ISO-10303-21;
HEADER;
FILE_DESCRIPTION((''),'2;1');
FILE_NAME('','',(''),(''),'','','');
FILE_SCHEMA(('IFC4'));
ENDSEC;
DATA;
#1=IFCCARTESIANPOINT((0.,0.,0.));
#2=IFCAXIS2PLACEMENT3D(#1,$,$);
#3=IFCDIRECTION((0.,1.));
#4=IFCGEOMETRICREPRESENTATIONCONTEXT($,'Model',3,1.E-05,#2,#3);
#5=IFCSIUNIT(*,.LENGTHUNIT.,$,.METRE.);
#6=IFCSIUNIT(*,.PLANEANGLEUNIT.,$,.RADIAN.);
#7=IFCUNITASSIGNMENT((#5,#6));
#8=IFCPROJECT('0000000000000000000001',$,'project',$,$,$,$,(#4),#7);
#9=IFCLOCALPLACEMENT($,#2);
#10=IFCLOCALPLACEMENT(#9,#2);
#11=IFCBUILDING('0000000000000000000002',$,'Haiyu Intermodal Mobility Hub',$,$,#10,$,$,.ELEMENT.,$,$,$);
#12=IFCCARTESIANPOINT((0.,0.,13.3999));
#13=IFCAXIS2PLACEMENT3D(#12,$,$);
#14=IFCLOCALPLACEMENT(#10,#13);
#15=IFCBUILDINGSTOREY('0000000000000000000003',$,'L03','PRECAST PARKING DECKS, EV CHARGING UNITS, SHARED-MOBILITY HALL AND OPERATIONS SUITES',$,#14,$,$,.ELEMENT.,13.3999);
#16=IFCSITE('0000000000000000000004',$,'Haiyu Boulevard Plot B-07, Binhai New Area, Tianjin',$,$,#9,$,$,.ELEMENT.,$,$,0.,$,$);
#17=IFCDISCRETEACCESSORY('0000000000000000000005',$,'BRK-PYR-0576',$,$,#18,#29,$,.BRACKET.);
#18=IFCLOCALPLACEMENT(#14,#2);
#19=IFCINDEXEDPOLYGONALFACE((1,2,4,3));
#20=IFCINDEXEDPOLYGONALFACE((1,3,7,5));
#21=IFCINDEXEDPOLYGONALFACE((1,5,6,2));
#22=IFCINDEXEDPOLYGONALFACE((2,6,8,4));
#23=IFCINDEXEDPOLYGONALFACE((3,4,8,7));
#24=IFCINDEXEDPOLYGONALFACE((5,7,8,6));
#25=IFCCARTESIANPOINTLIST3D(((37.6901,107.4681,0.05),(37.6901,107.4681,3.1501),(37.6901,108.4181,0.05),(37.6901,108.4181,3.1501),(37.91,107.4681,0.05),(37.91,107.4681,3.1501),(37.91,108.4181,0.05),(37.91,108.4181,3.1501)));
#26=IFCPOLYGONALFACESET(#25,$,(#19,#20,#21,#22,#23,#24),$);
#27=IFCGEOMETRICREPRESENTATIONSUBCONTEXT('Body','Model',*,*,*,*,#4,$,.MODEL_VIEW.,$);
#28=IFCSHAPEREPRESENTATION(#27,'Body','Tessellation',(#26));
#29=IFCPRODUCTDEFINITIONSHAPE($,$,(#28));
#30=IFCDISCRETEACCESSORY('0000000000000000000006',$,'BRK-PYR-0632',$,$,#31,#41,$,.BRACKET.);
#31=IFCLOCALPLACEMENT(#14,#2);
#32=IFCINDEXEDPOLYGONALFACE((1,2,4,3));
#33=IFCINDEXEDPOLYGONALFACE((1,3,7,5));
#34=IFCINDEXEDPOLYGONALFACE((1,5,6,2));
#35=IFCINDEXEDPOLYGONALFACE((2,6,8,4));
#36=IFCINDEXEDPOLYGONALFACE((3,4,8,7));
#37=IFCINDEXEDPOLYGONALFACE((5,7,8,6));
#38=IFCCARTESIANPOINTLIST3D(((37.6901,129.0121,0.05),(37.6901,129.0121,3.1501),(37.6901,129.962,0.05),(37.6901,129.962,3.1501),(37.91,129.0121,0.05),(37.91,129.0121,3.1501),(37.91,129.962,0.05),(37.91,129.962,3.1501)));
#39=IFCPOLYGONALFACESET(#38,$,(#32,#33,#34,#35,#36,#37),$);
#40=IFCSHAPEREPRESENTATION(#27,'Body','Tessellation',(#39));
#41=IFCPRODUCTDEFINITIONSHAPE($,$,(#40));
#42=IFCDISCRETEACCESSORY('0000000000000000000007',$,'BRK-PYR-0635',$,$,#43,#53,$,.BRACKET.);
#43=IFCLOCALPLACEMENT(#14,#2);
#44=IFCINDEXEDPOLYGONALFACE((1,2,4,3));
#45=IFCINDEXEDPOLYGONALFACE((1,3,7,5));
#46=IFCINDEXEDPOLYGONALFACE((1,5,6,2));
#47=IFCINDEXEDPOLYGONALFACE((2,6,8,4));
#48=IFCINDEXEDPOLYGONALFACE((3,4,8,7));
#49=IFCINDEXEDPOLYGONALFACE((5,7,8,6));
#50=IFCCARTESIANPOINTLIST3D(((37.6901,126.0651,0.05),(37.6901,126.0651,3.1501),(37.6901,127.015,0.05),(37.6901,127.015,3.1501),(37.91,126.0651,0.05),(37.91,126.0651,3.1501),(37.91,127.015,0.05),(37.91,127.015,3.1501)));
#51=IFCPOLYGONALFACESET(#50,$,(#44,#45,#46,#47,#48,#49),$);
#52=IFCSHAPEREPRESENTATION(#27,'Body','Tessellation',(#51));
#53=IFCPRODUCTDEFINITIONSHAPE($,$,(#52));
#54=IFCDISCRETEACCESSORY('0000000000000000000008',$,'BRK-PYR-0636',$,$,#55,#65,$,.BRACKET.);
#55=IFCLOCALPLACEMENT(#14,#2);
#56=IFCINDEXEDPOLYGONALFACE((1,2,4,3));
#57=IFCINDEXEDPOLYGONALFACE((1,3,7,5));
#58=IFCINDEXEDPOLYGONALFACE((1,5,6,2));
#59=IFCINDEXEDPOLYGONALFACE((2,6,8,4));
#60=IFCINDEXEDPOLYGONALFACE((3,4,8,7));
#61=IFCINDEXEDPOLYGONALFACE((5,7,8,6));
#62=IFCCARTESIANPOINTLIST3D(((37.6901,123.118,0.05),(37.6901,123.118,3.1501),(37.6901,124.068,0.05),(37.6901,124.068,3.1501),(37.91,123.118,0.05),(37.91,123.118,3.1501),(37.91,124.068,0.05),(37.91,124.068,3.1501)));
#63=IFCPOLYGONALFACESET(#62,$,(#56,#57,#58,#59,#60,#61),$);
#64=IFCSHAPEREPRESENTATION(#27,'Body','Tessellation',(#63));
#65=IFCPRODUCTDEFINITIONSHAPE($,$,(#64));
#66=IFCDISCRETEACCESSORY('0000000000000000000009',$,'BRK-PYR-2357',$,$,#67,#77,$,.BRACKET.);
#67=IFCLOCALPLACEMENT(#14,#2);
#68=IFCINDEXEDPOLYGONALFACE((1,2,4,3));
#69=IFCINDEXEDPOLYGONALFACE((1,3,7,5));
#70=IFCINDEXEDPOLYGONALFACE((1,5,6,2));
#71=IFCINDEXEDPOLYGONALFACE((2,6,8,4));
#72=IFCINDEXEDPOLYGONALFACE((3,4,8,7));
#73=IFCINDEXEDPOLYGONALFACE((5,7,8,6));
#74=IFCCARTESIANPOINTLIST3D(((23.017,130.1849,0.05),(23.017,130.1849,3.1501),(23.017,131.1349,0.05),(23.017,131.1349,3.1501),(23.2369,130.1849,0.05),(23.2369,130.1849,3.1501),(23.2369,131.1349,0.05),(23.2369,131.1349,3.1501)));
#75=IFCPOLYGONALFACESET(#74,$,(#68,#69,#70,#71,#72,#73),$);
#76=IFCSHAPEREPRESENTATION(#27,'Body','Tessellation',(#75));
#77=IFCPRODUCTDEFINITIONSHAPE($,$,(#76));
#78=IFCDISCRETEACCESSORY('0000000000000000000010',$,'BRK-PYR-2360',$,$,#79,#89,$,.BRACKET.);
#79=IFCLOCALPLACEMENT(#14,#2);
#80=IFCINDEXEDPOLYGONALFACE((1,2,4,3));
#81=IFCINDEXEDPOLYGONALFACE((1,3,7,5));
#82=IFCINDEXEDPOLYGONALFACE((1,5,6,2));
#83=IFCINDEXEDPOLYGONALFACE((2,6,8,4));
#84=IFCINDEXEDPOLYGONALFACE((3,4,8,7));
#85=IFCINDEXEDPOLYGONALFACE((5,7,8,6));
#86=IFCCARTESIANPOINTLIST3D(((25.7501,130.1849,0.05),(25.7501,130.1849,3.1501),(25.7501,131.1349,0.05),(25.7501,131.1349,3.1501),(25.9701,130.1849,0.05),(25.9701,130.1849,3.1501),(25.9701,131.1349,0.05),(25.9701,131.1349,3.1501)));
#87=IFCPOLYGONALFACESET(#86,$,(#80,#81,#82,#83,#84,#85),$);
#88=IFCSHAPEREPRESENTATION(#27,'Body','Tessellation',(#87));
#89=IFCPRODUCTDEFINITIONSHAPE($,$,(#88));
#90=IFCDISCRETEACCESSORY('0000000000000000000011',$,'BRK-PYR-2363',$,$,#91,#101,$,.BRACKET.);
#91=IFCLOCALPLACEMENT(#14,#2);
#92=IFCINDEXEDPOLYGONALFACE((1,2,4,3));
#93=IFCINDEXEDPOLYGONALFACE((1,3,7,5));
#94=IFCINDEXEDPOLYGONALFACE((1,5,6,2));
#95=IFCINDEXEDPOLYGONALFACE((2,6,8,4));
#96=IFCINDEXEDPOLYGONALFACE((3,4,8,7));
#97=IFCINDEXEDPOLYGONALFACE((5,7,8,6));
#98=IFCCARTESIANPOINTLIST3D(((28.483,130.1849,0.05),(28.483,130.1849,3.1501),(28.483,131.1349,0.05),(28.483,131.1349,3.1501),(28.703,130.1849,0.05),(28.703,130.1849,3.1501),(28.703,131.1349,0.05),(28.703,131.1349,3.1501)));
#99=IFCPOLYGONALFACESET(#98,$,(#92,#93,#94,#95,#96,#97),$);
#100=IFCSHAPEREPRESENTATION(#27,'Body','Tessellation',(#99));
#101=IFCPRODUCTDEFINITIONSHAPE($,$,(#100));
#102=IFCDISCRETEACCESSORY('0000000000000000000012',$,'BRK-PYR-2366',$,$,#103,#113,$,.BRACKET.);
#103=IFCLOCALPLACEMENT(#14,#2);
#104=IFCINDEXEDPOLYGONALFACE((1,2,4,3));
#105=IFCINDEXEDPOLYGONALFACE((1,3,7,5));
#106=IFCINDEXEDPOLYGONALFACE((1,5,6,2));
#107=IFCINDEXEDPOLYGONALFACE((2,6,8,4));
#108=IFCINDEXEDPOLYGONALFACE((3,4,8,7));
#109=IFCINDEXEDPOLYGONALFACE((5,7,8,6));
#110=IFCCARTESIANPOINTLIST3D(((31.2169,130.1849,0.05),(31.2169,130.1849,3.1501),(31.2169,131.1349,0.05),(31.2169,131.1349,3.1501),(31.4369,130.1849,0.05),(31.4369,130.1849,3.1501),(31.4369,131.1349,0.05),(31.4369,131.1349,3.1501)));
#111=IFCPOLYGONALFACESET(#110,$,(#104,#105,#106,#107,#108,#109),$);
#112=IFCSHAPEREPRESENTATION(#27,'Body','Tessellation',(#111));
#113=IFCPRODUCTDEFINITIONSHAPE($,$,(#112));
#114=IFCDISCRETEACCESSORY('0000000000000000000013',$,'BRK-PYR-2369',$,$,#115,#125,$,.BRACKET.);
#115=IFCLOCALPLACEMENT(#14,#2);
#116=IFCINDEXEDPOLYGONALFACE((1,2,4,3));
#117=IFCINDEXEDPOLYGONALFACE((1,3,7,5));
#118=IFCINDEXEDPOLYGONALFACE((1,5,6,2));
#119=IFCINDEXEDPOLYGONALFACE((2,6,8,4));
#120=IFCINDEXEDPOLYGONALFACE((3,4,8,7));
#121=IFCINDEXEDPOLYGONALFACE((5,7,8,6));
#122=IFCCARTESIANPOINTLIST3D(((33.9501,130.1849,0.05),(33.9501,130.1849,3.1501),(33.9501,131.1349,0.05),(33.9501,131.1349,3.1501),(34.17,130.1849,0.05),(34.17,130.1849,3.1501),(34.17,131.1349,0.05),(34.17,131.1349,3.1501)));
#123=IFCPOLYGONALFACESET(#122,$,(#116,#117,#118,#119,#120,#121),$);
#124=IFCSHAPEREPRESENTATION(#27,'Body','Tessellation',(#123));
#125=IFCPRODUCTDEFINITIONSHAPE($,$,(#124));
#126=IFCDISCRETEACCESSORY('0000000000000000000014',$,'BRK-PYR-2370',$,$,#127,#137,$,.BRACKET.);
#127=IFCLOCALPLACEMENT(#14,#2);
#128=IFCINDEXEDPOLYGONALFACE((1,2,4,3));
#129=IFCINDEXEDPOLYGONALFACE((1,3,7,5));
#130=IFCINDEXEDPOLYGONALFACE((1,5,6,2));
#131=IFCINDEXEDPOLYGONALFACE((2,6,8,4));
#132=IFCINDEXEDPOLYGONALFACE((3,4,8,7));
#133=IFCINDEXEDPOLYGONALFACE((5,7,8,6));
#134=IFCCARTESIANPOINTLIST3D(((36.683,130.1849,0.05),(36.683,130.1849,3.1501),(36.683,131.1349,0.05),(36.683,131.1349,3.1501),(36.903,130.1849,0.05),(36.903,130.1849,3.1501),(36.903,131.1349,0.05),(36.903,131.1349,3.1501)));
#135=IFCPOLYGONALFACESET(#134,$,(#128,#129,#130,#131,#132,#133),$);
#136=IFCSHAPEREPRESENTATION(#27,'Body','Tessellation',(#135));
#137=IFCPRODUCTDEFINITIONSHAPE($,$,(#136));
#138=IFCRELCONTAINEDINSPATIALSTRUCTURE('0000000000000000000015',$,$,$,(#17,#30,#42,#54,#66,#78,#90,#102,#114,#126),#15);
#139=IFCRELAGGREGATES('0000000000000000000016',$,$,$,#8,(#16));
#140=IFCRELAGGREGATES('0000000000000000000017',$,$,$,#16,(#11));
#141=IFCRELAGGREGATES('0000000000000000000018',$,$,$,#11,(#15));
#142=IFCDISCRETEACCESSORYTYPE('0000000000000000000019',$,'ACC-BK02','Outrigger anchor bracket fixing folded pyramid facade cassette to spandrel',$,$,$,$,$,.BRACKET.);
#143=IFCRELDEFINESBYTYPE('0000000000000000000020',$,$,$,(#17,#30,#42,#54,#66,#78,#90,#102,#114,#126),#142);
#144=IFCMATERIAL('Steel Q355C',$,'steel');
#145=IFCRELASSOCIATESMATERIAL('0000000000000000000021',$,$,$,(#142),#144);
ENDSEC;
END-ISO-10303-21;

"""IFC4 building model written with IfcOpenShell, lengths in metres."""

from ifc_helpers import new_model, si_unit, direction, frame, origin, origin_2d, place, context, subcontext, project, spatial, rectangle, extrude, material, type_object, element, save


model = new_model("IFC4")

# Units and contexts
model_context = context("Model", 3, precision=1e-05, world=origin(), true_north=direction((0.0, 1.0)))
body_context = subcontext(model_context, "Body", "Model", "MODEL_VIEW")
ifc_project = project(units=[si_unit("LENGTHUNIT", "METRE"), si_unit("PLANEANGLEUNIT", "RADIAN")], contexts=[model_context])

# Site, building, storey
site_placement = place(None, origin())
site = spatial("IfcSite", under=ifc_project, at=site_placement, Name="Haiyu Boulevard Plot B-07, Binhai New Area, Tianjin", CompositionType="ELEMENT", RefElevation=0.0)
building_placement = place(site_placement, origin())
building = spatial("IfcBuilding", under=site, at=building_placement, Name="Haiyu Intermodal Mobility Hub", CompositionType="ELEMENT")
storey_placement = place(building_placement, frame((0.0, 0.0, 13.3999)))
storey = spatial("IfcBuildingStorey", under=building, at=storey_placement, Name="L03", Description="PRECAST PARKING DECKS, EV CHARGING UNITS, SHARED-MOBILITY HALL AND OPERATIONS SUITES", CompositionType="ELEMENT", Elevation=13.3999)

# Discrete accessories
ifc_material_1 = material(Name="Steel Q355C", Category="steel")
discrete_accessory_type_1 = type_object("IfcDiscreteAccessoryType", Name="ACC-BK02", Description="Outrigger anchor bracket fixing folded pyramid facade cassette to spandrel", PredefinedType="BRACKET", material=ifc_material_1)
for number, where, z_axis, x_axis, name in (
    (1, (37.8, 107.9431, 0.05), (0.0, 0.0, 1.0), (1.0, 0.0, 0.0), "BRK-PYR-0576"),
    (2, (37.8, 129.4871, 0.05), (0.0, 0.0, 1.0), (1.0, 0.0, 0.0), "BRK-PYR-0632"),
    (3, (37.8, 126.54, 0.05), (0.0, 0.0, 1.0), (1.0, 0.0, 0.0), "BRK-PYR-0635"),
    (4, (37.8, 123.593, 0.05), (0.0, 0.0, 1.0), (1.0, 0.0, 0.0), "BRK-PYR-0636"),
    (5, (23.127, 130.6599, 0.05), (0.0, 0.0, 1.0), (1.0, 0.0, 0.0), "BRK-PYR-2357"),
    (6, (25.8601, 130.6599, 0.05), (0.0, 0.0, 1.0), (1.0, 0.0, 0.0), "BRK-PYR-2360"),
    (7, (28.593, 130.6599, 0.05), (0.0, 0.0, 1.0), (1.0, 0.0, 0.0), "BRK-PYR-2363"),
    (8, (31.3269, 130.6599, 0.05), (0.0, 0.0, 1.0), (1.0, 0.0, 0.0), "BRK-PYR-2366"),
    (9, (34.0601, 130.6599, 0.05), (0.0, 0.0, 1.0), (1.0, 0.0, 0.0), "BRK-PYR-2369"),
    (10, (36.793, 130.6599, 0.05), (0.0, 0.0, 1.0), (1.0, 0.0, 0.0), "BRK-PYR-2370"),
):
    element("IfcDiscreteAccessory", number, at=place(storey_placement, frame(where, z_axis=z_axis, x_axis=x_axis)), inside=storey, type_object=discrete_accessory_type_1, Name=name, PredefinedType="BRACKET", context=body_context, shape_type="SweptSolid", body=[
        extrude(rectangle(XDim=0.22, YDim=0.95, at=origin_2d()), origin(), (0.0, 0.0, 1.0), 3.1001),
    ])

save(model, "model.ifc")
